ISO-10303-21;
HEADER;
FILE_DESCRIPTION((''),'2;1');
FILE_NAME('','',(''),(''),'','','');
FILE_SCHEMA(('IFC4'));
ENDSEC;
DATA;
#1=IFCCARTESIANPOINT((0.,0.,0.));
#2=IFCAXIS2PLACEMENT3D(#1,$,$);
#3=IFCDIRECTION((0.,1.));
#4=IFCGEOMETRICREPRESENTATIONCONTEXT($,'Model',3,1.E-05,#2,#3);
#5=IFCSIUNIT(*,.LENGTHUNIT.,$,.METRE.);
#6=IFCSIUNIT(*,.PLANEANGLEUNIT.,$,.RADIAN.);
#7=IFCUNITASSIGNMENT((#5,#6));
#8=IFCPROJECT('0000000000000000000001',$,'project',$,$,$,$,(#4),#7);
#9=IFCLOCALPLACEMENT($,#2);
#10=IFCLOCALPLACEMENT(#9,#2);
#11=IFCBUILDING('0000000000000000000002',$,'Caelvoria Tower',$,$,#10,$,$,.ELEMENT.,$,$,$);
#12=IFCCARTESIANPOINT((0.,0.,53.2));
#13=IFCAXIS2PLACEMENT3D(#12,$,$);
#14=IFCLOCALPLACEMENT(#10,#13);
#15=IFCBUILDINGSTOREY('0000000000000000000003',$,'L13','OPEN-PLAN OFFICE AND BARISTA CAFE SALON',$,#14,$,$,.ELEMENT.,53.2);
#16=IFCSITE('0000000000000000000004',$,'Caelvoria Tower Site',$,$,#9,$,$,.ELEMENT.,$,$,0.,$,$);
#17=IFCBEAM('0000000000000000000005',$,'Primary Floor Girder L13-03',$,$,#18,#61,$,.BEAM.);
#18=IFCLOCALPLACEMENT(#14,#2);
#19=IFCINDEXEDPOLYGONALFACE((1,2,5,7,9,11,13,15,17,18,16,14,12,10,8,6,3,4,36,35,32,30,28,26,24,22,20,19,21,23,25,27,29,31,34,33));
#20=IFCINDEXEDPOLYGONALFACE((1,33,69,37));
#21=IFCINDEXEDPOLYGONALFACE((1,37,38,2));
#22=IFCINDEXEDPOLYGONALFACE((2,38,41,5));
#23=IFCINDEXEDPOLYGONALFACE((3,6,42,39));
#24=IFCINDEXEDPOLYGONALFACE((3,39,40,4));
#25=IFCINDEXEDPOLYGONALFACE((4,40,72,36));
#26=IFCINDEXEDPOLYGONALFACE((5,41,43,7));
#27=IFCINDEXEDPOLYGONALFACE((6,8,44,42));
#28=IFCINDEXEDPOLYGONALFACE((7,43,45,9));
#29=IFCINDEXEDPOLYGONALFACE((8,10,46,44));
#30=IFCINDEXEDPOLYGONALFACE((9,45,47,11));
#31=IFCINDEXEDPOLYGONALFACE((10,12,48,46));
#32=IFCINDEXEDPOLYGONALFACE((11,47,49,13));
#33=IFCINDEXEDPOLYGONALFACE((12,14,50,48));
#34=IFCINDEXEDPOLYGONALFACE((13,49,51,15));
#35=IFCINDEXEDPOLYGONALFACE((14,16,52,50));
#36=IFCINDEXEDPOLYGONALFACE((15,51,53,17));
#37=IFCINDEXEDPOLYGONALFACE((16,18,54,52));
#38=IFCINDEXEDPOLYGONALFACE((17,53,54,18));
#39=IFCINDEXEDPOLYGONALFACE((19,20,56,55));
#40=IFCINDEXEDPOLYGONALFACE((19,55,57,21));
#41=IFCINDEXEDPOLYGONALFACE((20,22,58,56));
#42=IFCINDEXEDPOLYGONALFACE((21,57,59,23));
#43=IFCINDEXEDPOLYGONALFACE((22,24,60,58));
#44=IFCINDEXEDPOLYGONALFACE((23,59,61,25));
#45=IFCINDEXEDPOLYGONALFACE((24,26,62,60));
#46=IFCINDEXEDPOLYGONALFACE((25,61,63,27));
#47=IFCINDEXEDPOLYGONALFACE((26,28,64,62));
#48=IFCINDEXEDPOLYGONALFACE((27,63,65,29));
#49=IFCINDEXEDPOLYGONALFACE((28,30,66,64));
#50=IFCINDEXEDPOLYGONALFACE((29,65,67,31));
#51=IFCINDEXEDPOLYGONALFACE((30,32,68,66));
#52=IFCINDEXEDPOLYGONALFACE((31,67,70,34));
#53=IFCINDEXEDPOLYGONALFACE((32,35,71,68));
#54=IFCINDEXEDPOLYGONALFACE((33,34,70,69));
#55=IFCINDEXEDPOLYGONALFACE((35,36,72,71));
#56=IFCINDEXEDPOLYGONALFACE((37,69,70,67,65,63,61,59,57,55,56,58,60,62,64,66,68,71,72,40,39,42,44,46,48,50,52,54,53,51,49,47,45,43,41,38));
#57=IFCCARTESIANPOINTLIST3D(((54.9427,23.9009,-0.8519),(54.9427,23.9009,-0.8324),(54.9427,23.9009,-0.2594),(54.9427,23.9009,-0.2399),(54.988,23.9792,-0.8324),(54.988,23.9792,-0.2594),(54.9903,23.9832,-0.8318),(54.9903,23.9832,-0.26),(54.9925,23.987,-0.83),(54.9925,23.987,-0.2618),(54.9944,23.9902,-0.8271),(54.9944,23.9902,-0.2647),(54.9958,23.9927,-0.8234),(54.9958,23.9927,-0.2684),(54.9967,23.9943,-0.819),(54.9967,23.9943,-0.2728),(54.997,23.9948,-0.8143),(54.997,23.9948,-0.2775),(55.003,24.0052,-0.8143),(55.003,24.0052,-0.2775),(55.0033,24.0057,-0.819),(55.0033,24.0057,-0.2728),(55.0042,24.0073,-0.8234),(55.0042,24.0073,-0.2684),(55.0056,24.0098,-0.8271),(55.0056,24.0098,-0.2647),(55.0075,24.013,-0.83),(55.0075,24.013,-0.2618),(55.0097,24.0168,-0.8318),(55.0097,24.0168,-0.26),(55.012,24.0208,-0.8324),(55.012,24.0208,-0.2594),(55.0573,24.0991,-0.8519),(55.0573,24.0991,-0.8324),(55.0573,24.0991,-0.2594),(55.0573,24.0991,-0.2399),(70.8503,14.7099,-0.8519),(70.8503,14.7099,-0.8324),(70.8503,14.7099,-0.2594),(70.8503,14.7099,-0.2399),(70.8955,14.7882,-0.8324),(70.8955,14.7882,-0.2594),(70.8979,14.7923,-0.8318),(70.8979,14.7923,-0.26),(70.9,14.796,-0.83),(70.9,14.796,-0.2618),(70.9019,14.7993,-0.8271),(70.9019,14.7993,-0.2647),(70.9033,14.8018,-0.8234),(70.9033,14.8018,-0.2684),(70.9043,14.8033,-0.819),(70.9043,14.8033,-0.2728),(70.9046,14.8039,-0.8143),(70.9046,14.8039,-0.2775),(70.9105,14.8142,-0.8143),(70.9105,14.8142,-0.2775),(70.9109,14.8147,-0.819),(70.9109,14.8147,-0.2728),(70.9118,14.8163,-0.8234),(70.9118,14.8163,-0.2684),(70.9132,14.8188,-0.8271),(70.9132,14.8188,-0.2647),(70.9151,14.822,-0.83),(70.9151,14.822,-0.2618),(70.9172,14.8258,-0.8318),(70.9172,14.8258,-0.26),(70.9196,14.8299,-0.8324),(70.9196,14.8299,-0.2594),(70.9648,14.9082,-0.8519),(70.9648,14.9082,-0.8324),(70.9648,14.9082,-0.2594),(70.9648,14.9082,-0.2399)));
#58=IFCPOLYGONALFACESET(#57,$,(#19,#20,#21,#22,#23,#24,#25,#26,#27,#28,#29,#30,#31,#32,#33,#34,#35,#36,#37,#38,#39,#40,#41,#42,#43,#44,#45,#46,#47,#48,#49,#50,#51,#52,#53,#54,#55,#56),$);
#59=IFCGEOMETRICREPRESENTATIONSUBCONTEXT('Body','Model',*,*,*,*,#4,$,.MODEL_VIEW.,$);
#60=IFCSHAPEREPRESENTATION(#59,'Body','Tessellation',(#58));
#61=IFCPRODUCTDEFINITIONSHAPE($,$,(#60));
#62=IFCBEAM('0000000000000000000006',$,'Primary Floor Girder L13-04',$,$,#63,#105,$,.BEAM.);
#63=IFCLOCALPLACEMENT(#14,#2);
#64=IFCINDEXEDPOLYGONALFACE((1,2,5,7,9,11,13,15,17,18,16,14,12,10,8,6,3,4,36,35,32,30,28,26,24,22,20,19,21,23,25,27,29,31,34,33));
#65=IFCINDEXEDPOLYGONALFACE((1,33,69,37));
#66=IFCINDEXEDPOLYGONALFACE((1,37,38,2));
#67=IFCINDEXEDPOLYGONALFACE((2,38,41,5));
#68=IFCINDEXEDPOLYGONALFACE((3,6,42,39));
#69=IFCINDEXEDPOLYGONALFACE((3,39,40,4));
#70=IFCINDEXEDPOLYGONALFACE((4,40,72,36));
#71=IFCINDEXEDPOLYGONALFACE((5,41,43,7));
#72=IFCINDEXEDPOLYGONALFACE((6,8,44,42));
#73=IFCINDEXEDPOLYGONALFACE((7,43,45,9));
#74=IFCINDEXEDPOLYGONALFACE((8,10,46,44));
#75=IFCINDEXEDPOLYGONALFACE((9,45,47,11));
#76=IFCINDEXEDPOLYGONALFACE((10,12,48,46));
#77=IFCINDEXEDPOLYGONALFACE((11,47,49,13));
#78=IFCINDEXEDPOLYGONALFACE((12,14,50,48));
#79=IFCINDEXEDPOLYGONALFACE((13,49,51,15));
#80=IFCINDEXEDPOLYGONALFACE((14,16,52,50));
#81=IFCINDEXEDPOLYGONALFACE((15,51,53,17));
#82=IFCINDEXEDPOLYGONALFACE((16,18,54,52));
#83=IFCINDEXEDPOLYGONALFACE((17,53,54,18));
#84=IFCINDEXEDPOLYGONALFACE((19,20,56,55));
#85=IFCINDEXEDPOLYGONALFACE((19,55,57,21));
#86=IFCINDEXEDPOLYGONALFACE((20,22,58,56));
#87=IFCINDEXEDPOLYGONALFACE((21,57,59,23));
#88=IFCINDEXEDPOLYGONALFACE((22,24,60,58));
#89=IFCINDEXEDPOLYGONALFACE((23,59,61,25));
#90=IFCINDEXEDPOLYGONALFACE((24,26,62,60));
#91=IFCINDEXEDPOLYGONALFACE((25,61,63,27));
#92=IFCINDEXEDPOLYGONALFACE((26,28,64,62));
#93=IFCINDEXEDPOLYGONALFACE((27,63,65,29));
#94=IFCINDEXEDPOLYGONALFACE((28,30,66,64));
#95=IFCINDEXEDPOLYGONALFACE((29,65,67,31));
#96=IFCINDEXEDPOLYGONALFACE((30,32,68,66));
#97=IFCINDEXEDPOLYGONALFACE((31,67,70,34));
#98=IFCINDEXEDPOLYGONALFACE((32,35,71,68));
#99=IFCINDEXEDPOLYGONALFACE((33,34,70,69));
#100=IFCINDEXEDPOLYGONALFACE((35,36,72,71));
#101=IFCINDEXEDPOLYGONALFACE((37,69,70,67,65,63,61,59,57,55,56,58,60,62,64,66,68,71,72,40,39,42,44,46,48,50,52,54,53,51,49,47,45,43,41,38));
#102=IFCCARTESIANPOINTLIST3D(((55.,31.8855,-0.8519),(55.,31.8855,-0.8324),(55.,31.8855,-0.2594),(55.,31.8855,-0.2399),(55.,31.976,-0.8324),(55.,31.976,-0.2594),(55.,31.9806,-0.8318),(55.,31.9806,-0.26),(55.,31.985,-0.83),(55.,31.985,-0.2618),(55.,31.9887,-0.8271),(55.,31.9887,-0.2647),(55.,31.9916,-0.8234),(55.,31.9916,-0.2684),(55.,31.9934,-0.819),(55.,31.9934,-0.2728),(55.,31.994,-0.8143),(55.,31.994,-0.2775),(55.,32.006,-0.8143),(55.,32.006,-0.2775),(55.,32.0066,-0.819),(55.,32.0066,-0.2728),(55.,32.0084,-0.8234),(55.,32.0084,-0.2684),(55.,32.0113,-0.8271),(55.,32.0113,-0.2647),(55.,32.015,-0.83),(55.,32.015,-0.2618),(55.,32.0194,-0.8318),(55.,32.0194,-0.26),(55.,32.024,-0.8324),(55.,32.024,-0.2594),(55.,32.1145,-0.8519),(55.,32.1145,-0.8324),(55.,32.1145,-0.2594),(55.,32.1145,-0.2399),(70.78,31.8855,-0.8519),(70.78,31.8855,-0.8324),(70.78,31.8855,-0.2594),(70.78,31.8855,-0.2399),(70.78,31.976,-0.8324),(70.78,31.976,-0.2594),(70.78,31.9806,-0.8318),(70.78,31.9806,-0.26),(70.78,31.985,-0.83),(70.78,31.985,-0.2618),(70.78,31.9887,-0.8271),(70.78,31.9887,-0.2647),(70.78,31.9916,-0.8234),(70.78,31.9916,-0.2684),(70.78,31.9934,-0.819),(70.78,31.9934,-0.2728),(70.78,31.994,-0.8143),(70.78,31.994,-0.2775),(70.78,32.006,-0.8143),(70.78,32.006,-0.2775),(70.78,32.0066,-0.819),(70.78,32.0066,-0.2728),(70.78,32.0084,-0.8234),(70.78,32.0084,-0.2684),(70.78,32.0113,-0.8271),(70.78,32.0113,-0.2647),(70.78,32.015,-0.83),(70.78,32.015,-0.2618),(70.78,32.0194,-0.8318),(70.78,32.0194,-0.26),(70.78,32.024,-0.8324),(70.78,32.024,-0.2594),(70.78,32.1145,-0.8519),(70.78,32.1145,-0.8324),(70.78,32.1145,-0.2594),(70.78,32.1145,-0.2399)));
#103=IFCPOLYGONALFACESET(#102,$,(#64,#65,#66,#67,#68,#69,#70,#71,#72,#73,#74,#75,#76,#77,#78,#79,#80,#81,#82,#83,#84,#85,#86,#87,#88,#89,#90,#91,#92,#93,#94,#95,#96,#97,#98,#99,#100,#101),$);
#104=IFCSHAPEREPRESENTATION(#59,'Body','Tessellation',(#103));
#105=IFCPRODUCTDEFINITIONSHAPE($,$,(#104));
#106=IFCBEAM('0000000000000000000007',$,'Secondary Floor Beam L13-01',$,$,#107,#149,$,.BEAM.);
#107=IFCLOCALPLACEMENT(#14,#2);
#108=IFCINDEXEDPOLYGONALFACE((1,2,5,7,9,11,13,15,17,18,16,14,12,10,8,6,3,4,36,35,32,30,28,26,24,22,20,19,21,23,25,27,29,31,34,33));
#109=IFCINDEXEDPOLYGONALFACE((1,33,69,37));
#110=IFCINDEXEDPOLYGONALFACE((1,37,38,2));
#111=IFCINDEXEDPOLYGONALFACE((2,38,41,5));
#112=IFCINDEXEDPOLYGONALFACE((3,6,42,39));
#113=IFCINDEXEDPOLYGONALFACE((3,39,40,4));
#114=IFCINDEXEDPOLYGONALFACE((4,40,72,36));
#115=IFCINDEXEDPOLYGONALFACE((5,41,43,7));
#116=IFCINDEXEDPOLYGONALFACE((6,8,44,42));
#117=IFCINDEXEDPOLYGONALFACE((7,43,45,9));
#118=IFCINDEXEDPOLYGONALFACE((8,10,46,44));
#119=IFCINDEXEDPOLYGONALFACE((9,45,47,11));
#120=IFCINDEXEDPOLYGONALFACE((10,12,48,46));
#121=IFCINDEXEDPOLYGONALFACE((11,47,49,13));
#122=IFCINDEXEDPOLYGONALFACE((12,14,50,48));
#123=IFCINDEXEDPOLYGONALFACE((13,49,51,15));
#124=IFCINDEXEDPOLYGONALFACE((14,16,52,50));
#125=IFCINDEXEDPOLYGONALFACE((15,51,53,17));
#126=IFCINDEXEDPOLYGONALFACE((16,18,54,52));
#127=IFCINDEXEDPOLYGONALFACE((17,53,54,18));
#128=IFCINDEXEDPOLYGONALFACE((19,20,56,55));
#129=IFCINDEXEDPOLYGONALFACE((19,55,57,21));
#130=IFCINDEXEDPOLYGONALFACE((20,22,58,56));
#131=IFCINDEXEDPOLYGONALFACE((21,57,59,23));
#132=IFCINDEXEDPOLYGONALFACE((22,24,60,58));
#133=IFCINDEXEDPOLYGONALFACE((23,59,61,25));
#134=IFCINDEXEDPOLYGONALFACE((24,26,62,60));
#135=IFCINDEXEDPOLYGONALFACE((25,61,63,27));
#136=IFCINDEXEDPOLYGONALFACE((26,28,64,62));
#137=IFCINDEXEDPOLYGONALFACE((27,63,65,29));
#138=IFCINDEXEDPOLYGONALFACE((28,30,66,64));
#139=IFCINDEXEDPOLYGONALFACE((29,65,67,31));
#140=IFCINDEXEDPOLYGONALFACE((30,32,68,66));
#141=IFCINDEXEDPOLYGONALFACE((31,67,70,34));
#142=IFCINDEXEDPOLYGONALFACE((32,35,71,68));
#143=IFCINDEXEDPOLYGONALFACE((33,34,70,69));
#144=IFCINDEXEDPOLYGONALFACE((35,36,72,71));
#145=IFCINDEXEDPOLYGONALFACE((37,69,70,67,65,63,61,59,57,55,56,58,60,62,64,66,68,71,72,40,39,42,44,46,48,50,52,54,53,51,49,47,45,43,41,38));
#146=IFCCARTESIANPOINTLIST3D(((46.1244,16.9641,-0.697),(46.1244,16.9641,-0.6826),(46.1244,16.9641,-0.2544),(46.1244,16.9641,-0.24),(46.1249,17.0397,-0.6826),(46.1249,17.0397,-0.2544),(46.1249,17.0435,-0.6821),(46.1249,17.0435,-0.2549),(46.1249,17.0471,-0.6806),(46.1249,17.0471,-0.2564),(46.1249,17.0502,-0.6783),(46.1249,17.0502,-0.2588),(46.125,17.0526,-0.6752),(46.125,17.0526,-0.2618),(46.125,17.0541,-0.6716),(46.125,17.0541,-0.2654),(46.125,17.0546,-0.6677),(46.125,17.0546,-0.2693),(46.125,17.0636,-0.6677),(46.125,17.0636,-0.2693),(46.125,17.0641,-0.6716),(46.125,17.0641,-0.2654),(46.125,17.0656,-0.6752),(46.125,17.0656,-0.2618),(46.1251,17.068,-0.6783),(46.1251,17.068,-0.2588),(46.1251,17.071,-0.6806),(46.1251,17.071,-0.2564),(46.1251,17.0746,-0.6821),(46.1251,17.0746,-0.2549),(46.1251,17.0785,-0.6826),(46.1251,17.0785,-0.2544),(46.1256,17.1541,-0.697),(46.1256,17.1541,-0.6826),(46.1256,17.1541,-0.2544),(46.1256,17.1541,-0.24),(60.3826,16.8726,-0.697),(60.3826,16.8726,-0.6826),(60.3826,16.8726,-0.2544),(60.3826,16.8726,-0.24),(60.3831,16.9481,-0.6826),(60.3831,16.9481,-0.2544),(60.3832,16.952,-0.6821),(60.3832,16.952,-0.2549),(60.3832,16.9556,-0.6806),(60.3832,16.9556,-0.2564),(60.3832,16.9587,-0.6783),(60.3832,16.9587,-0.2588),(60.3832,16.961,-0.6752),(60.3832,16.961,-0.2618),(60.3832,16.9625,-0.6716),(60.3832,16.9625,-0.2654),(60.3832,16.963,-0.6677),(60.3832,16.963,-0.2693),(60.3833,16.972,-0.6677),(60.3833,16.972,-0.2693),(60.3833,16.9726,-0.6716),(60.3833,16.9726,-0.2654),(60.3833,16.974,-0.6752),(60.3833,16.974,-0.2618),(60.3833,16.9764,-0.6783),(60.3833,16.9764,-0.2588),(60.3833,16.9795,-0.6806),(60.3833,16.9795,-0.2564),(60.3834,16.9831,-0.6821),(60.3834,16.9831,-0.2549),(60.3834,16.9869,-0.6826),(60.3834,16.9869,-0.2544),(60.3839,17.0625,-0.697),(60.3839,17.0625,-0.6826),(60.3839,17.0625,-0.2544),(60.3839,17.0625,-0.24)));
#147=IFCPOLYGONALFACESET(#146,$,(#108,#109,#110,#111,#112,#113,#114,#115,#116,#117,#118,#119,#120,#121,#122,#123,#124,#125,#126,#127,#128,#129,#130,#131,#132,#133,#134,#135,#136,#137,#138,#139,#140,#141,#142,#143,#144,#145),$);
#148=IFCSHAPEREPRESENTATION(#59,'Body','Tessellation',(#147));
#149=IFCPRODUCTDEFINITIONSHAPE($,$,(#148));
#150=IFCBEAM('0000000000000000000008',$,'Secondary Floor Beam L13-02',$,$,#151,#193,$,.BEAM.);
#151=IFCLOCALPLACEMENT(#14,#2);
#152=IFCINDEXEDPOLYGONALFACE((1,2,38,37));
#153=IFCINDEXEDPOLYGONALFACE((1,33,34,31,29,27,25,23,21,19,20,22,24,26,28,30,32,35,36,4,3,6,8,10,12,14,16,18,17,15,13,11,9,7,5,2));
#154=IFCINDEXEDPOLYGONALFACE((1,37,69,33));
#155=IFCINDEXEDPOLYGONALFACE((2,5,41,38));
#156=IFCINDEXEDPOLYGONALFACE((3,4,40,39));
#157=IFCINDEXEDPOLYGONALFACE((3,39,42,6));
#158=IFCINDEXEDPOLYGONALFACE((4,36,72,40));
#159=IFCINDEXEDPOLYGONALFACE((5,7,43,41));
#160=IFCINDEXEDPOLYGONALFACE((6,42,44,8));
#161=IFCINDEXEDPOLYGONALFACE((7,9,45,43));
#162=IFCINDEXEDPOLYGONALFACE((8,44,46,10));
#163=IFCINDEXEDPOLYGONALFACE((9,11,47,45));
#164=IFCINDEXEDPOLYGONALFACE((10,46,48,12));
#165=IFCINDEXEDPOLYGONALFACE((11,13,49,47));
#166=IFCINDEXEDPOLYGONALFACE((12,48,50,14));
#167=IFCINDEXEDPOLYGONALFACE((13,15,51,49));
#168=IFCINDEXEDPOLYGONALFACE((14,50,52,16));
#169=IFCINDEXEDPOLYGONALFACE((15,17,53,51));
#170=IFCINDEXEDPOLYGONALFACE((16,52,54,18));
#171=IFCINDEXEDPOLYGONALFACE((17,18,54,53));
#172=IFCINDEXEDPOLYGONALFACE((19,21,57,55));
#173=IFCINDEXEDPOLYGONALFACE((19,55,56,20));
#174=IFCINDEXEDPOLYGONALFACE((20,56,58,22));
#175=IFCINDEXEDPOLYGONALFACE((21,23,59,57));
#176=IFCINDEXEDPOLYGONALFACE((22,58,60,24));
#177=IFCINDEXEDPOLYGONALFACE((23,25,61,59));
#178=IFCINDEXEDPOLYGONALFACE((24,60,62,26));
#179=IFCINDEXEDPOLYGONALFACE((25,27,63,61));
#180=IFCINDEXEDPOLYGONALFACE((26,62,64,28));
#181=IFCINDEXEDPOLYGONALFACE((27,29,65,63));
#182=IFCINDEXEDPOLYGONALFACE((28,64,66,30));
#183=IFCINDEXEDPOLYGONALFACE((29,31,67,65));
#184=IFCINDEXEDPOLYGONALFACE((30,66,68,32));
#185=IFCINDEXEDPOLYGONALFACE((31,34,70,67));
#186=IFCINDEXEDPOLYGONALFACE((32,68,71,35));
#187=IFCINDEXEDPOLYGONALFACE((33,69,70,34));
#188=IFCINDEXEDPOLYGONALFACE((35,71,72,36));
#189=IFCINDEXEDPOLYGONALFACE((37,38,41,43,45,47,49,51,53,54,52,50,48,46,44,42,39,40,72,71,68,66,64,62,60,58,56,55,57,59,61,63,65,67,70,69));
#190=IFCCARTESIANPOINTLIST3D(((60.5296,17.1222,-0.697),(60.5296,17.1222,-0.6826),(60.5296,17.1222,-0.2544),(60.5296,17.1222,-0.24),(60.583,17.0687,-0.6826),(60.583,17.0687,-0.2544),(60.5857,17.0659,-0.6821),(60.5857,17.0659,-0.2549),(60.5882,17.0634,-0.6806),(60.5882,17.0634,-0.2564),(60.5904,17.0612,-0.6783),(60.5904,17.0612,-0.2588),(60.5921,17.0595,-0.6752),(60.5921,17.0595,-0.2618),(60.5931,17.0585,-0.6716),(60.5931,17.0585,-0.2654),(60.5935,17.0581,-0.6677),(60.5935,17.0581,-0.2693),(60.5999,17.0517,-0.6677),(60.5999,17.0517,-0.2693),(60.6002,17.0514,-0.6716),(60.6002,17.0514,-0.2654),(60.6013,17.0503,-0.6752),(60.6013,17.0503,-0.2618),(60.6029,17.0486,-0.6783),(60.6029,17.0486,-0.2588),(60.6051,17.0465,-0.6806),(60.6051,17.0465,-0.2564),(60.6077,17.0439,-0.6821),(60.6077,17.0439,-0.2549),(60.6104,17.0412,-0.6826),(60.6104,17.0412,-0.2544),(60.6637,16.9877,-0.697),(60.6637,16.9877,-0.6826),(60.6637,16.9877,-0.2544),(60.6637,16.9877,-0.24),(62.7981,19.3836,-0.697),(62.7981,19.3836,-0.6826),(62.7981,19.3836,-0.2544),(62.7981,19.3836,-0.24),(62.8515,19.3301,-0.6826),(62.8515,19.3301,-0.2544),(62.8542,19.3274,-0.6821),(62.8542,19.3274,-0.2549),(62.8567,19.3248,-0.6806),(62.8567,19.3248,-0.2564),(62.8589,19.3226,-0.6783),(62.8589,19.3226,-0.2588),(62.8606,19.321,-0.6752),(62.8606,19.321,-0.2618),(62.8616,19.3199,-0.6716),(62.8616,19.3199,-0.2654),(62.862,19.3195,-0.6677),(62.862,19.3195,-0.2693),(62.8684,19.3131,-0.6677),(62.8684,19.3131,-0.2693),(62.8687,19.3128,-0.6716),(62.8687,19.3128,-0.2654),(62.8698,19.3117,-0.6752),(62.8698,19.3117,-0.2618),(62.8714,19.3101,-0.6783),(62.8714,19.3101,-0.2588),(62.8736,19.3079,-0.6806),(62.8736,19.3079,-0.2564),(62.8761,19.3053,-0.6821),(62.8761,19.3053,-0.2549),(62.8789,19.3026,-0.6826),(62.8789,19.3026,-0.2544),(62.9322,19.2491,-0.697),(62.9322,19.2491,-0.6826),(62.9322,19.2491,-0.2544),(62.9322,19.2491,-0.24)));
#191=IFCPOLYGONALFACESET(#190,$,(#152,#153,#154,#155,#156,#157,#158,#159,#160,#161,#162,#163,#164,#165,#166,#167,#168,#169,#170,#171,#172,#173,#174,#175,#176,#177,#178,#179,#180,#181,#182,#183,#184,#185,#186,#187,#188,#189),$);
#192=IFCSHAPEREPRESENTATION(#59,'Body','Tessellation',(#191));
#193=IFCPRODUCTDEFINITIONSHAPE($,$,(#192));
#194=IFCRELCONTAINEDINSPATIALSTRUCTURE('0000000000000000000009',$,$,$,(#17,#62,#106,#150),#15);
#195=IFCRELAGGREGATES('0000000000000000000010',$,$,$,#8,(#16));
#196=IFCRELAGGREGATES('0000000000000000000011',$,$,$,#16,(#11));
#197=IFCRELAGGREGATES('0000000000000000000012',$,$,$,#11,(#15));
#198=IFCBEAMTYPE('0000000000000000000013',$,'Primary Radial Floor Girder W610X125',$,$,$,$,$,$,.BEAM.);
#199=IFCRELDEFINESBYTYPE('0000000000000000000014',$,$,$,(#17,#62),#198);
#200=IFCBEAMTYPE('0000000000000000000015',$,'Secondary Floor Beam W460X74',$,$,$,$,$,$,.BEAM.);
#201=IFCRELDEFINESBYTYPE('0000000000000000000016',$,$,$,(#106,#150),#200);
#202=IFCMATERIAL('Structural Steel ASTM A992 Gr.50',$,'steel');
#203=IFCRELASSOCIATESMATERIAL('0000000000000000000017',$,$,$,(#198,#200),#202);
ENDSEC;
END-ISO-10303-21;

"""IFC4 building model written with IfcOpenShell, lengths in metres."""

from ifc_helpers import new_model, si_unit, direction, frame, origin, origin_2d, place, context, subcontext, project, spatial, i_section, extrude, material, material_profile, profile_set, type_object, element, save


model = new_model("IFC4")

# Units and contexts
model_context = context("Model", 3, precision=1e-05, world=origin(), true_north=direction((0.0, 1.0)))
body_context = subcontext(model_context, "Body", "Model", "MODEL_VIEW")
ifc_project = project(units=[si_unit("LENGTHUNIT", "METRE"), si_unit("PLANEANGLEUNIT", "RADIAN")], contexts=[model_context])

# Site, building, storey
site_placement = place(None, origin())
site = spatial("IfcSite", under=ifc_project, at=site_placement, Name="Caelvoria Tower Site", CompositionType="ELEMENT", RefElevation=0.0)
building_placement = place(site_placement, origin())
building = spatial("IfcBuilding", under=site, at=building_placement, Name="Caelvoria Tower", CompositionType="ELEMENT")
storey_placement = place(building_placement, frame((0.0, 0.0, 53.2)))
storey = spatial("IfcBuildingStorey", under=building, at=storey_placement, Name="L13", Description="OPEN-PLAN OFFICE AND BARISTA CAFE SALON", CompositionType="ELEMENT", Elevation=53.2)

# Beams
ifc_material_1 = material(Name="Structural Steel ASTM A992 Gr.50", Category="steel")
ifc_material_profile_1 = material_profile(ifc_material_1, i_section(OverallWidth=0.229, OverallDepth=0.6121, WebThickness=0.012, FlangeThickness=0.0195, FilletRadius=0.0181, at=origin_2d()), Name="Structural Steel ASTM A992 Gr.50")
ifc_profile_set_1 = profile_set([ifc_material_profile_1], Name="W610X125 - Structural Steel ASTM A992 Gr.50")
beam_type_1 = type_object("IfcBeamType", Name="Primary Radial Floor Girder W610X125", PredefinedType="BEAM", material=ifc_profile_set_1)
beam_1_placement = place(storey_placement, frame((55.0, 24.0, -0.5459), z_axis=(0.865867, -0.500275, 0.0), x_axis=(0.500275, 0.865867, 0.0)))
element("IfcBeam", 1, at=beam_1_placement, inside=storey, type_object=beam_type_1, Name="Primary Floor Girder L13-03", PredefinedType="BEAM", context=body_context, shape_type="SweptSolid", body=[
    extrude(i_section(OverallWidth=0.229, OverallDepth=0.6121, WebThickness=0.012, FlangeThickness=0.0195, FilletRadius=0.0181, at=origin_2d()), origin(), (0.0, 0.0, 1.0), 18.3718),
])
beam_2_placement = place(storey_placement, frame((55.0, 32.0, -0.5459), z_axis=(1.0, 0.0, 0.0), x_axis=(0.0, 1.0, 0.0)))
element("IfcBeam", 2, at=beam_2_placement, inside=storey, type_object=beam_type_1, Name="Primary Floor Girder L13-04", PredefinedType="BEAM", context=body_context, shape_type="SweptSolid", body=[
    extrude(i_section(OverallWidth=0.229, OverallDepth=0.6121, WebThickness=0.012, FlangeThickness=0.0195, FilletRadius=0.0181, at=origin_2d()), origin(), (0.0, 0.0, 1.0), 15.78),
])
ifc_material_profile_2 = material_profile(ifc_material_1, i_section(OverallWidth=0.1899, OverallDepth=0.457, WebThickness=0.009, FlangeThickness=0.0144, FilletRadius=0.0149, at=origin_2d()), Name="Structural Steel ASTM A992 Gr.50")
ifc_profile_set_2 = profile_set([ifc_material_profile_2], Name="W460X74 - Structural Steel ASTM A992 Gr.50")
beam_type_2 = type_object("IfcBeamType", Name="Secondary Floor Beam W460X74", PredefinedType="BEAM", material=ifc_profile_set_2)
beam_3_placement = place(storey_placement, frame((46.125, 17.0591, -0.4685), z_axis=(0.999979, -0.006421, 0.0), x_axis=(0.006421, 0.999979, 0.0)))
element("IfcBeam", 3, at=beam_3_placement, inside=storey, type_object=beam_type_2, Name="Secondary Floor Beam L13-01", PredefinedType="BEAM", context=body_context, shape_type="SweptSolid", body=[
    extrude(i_section(OverallWidth=0.1899, OverallDepth=0.457, WebThickness=0.009, FlangeThickness=0.0144, FilletRadius=0.0149, at=origin_2d()), origin(), (0.0, 0.0, 1.0), 14.2585),
])
beam_4_placement = place(storey_placement, frame((60.5967, 17.0549, -0.4685), z_axis=(0.708211, 0.706001, 0.0), x_axis=(-0.706001, 0.708211, 0.0)))
element("IfcBeam", 4, at=beam_4_placement, inside=storey, type_object=beam_type_2, Name="Secondary Floor Beam L13-02", PredefinedType="BEAM", context=body_context, shape_type="SweptSolid", body=[
    extrude(i_section(OverallWidth=0.1899, OverallDepth=0.457, WebThickness=0.009, FlangeThickness=0.0144, FilletRadius=0.0149, at=origin_2d()), origin(), (0.0, 0.0, 1.0), 3.2031),
])

save(model, "model.ifc")
